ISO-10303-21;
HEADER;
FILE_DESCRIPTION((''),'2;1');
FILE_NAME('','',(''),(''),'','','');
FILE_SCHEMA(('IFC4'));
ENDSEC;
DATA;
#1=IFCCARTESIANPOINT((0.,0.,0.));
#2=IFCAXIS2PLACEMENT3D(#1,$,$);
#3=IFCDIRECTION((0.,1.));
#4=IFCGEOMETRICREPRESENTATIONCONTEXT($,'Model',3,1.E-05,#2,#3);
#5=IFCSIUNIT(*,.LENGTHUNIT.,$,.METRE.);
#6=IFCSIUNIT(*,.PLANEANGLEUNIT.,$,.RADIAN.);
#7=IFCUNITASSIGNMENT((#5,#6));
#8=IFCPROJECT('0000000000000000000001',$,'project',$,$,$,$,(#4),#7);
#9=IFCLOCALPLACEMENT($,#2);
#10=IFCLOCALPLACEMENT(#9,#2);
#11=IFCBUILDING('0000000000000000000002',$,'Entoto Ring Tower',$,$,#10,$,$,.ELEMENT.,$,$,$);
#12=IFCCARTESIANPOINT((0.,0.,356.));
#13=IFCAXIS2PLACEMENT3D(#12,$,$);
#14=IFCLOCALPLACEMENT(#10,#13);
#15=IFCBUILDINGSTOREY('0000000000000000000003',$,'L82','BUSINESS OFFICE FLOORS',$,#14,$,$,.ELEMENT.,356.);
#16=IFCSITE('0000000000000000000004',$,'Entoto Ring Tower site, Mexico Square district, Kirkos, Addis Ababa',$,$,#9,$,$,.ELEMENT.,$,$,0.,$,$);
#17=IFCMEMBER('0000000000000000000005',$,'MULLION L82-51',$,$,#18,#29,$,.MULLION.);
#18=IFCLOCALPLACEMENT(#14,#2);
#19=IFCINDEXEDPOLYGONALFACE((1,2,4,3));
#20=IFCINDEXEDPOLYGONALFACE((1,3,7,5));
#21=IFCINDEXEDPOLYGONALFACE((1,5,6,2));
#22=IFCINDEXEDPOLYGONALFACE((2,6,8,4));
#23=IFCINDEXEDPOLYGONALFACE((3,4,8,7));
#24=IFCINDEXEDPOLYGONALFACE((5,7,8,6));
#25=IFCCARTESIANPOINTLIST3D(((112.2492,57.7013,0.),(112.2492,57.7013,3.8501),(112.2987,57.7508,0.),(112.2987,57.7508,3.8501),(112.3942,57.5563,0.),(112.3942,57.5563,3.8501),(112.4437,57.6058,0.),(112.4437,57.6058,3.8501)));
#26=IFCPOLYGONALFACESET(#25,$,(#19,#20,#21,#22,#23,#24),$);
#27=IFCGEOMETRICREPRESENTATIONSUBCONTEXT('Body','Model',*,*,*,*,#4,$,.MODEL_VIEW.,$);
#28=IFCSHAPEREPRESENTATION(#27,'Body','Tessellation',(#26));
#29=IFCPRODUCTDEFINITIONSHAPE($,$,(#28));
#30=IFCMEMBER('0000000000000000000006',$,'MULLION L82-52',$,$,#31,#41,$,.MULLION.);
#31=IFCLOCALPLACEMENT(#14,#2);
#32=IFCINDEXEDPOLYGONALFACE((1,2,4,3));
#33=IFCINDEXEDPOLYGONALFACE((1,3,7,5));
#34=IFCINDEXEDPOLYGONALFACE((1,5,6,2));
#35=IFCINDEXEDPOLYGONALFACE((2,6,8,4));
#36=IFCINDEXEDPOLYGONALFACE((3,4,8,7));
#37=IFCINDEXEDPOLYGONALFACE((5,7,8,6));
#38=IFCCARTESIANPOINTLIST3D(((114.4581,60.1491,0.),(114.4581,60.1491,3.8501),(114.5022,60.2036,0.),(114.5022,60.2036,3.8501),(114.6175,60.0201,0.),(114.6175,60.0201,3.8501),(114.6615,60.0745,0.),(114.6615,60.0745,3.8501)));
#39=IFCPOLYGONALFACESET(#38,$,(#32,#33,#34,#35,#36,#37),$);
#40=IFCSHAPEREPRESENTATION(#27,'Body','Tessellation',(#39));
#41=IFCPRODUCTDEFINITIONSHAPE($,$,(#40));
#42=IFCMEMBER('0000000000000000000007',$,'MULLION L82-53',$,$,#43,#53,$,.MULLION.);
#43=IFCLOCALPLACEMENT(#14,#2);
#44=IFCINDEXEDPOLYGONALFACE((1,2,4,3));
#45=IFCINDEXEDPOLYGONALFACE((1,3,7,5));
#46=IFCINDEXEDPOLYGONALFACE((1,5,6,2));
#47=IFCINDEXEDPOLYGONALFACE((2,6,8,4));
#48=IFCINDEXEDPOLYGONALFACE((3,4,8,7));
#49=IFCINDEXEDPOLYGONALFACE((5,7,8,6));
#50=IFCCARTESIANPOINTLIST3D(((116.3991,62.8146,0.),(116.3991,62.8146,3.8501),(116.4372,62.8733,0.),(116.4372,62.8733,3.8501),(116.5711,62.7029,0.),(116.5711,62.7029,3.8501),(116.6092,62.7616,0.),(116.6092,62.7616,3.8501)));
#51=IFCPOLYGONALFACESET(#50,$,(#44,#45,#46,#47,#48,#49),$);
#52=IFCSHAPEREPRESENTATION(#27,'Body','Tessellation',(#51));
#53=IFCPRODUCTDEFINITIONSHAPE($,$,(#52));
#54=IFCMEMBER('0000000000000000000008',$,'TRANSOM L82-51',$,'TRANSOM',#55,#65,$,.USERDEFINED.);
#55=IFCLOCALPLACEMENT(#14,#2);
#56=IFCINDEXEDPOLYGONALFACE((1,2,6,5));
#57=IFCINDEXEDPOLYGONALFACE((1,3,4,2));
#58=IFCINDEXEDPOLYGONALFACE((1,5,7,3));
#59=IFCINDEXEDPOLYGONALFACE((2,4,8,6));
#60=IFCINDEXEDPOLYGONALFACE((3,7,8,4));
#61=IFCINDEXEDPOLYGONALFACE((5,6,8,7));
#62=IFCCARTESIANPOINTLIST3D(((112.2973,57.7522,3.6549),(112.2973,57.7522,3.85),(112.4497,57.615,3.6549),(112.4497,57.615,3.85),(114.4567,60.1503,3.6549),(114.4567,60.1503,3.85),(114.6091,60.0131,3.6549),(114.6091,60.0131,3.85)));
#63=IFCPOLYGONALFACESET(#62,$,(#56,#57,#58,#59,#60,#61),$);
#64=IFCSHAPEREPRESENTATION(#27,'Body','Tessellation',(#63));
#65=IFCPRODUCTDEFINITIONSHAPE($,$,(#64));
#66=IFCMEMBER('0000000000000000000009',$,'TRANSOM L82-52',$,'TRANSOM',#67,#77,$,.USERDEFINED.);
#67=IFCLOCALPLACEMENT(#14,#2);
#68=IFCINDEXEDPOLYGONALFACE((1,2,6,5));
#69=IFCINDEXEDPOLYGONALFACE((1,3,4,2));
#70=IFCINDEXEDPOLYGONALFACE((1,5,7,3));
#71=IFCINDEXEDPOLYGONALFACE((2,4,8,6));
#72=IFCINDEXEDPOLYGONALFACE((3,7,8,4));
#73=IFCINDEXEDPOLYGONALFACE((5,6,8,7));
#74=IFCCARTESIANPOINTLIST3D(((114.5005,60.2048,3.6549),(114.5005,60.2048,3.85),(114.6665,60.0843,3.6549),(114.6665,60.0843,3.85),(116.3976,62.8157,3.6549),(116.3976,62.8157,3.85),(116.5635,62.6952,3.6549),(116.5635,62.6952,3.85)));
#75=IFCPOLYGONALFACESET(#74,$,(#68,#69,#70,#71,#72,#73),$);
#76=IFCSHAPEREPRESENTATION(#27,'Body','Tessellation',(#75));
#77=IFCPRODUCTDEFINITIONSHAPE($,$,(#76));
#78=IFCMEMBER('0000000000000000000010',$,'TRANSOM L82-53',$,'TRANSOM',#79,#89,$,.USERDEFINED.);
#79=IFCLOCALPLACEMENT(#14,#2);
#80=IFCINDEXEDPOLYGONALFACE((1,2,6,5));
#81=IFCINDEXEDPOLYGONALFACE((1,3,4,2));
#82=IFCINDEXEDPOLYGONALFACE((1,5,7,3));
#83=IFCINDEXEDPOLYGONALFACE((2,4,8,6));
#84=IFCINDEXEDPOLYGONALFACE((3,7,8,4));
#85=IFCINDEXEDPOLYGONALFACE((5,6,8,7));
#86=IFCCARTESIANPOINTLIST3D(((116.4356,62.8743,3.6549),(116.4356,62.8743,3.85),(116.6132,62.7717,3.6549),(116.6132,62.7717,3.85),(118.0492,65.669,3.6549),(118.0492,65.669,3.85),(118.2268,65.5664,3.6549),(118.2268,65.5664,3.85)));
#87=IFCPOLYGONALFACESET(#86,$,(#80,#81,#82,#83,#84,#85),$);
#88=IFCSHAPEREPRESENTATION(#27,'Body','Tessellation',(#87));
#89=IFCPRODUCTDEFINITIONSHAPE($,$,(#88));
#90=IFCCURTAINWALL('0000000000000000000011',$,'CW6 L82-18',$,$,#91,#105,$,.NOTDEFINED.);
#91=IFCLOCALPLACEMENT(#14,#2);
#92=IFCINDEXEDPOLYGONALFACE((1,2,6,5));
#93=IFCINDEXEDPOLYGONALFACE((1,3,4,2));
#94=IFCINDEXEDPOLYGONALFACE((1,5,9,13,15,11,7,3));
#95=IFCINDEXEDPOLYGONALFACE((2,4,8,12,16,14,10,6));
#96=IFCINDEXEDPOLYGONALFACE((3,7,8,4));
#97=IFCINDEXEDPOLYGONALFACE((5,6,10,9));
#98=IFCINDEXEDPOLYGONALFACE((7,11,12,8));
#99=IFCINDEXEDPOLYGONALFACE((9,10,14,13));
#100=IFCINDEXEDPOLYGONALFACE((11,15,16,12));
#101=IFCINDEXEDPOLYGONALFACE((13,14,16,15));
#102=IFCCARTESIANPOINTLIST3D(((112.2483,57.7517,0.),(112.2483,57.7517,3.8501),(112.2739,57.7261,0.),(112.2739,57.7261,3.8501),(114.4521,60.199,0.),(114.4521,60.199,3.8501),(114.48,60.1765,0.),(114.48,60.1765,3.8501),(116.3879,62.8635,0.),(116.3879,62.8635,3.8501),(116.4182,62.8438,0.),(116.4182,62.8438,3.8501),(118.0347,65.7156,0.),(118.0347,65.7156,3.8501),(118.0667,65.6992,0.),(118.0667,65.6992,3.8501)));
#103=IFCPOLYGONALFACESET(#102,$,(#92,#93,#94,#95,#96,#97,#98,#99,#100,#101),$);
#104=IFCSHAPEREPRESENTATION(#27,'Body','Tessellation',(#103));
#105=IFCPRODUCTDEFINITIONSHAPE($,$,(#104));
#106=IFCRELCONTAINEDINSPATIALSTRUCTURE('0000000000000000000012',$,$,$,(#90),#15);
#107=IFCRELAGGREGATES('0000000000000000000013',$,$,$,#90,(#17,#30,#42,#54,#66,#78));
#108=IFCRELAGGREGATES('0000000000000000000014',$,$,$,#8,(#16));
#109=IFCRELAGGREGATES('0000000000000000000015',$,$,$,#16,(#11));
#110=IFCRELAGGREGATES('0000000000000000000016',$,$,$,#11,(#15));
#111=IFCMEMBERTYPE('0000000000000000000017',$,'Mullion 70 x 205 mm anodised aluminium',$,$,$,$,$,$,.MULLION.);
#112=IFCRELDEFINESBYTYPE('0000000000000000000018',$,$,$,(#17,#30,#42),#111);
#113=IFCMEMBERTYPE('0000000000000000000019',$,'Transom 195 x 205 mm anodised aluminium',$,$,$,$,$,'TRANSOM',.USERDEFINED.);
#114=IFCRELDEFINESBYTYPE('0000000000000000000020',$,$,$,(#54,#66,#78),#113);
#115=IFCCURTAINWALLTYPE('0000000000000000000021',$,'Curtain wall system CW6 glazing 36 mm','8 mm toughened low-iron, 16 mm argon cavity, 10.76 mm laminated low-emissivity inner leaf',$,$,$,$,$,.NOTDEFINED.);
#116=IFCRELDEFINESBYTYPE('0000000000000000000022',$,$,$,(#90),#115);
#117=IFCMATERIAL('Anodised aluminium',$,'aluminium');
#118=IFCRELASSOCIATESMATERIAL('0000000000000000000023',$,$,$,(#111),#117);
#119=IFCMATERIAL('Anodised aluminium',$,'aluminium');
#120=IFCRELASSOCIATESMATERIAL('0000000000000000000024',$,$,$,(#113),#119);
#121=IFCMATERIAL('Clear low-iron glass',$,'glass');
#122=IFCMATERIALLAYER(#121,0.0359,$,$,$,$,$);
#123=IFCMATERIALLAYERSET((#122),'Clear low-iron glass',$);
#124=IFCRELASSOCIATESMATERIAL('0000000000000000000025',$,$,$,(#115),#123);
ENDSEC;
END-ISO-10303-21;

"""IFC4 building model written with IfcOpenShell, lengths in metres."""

from ifc_helpers import new_model, si_unit, direction, frame, origin, origin_2d, place, context, subcontext, project, spatial, polyline, rectangle, outline, extrude, material, layer, layer_set, material_profile, profile_set, type_object, element, aggregate, save


model = new_model("IFC4")

# Units and contexts
model_context = context("Model", 3, precision=1e-05, world=origin(), true_north=direction((0.0, 1.0)))
body_context = subcontext(model_context, "Body", "Model", "MODEL_VIEW")
ifc_project = project(units=[si_unit("LENGTHUNIT", "METRE"), si_unit("PLANEANGLEUNIT", "RADIAN")], contexts=[model_context])

# Members
ifc_material_1 = material(Name="Anodised aluminium", Category="aluminium")
ifc_material_profile_1 = material_profile(ifc_material_1, rectangle(XDim=0.0701, YDim=0.2051, at=origin_2d()), Name="Mullion 70 x 205 mm anodised aluminium")
ifc_profile_set_1 = profile_set([ifc_material_profile_1], Name="Anodised aluminium")
member_type_1 = type_object("IfcMemberType", Name="Mullion 70 x 205 mm anodised aluminium", PredefinedType="MULLION", material=ifc_profile_set_1)
site_placement = place(None, origin())
building_placement = place(site_placement, origin())
storey_placement = place(building_placement, frame((0.0, 0.0, 356.0)))
member_1_placement = place(storey_placement, frame((112.3464, 57.6536, 0.0), z_axis=(0.0, 0.0, 1.0), x_axis=(0.707107, 0.707107, 0.0)))
member_1 = element("IfcMember", 1, at=member_1_placement, type_object=member_type_1, Name="MULLION L82-51", PredefinedType="MULLION", context=body_context, shape_type="SweptSolid", body=[
    extrude(rectangle(XDim=0.0701, YDim=0.2051, at=origin_2d()), origin(), (0.0, 0.0, 1.0), 3.8501),
])
member_2_placement = place(storey_placement, frame((114.5598, 60.1118, 0.0), z_axis=(0.0, 0.0, 1.0), x_axis=(0.62932, 0.777146, 0.0)))
member_2 = element("IfcMember", 2, at=member_2_placement, type_object=member_type_1, Name="MULLION L82-52", PredefinedType="MULLION", context=body_context, shape_type="SweptSolid", body=[
    extrude(rectangle(XDim=0.0701, YDim=0.2051, at=origin_2d()), origin(), (0.0, 0.0, 1.0), 3.8501),
])
member_3_placement = place(storey_placement, frame((116.5042, 62.7881, 0.0), z_axis=(0.0, 0.0, 1.0), x_axis=(0.544639, 0.838671, 0.0)))
member_3 = element("IfcMember", 3, at=member_3_placement, type_object=member_type_1, Name="MULLION L82-53", PredefinedType="MULLION", context=body_context, shape_type="SweptSolid", body=[
    extrude(rectangle(XDim=0.0701, YDim=0.2051, at=origin_2d()), origin(), (0.0, 0.0, 1.0), 3.8501),
])
ifc_material_2 = material(Name="Anodised aluminium", Category="aluminium")
ifc_material_profile_2 = material_profile(ifc_material_2, rectangle(XDim=0.2051, YDim=0.1951, at=origin_2d()), Name="Transom 195 x 205 mm anodised aluminium")
ifc_profile_set_2 = profile_set([ifc_material_profile_2], Name="Anodised aluminium")
member_type_2 = type_object("IfcMemberType", Name="Transom 195 x 205 mm anodised aluminium", ElementType="TRANSOM", PredefinedType="USERDEFINED", material=ifc_profile_set_2)
member_4_placement = place(storey_placement, frame((112.3735, 57.6836, 3.7524), z_axis=(0.669144, 0.743132, 0.0), x_axis=(-0.743132, 0.669144, 0.0)))
member_4 = element("IfcMember", 4, at=member_4_placement, type_object=member_type_2, Name="TRANSOM L82-51", ObjectType="TRANSOM", PredefinedType="USERDEFINED", context=body_context, shape_type="SweptSolid", body=[
    extrude(rectangle(XDim=0.2051, YDim=0.1951, at=origin_2d()), origin(), (0.0, 0.0, 1.0), 3.2271),
])
member_5_placement = place(storey_placement, frame((114.5835, 60.1445, 3.7524), z_axis=(0.587803, 0.809004, 0.0), x_axis=(-0.809004, 0.587803, 0.0)))
member_5 = element("IfcMember", 5, at=member_5_placement, type_object=member_type_2, Name="TRANSOM L82-52", ObjectType="TRANSOM", PredefinedType="USERDEFINED", context=body_context, shape_type="SweptSolid", body=[
    extrude(rectangle(XDim=0.2051, YDim=0.1951, at=origin_2d()), origin(), (0.0, 0.0, 1.0), 3.2273),
])
member_6_placement = place(storey_placement, frame((116.5244, 62.823, 3.7524), z_axis=(0.500004, 0.866023, 0.0), x_axis=(-0.866023, 0.500004, 0.0)))
member_6 = element("IfcMember", 6, at=member_6_placement, type_object=member_type_2, Name="TRANSOM L82-53", ObjectType="TRANSOM", PredefinedType="USERDEFINED", context=body_context, shape_type="SweptSolid", body=[
    extrude(rectangle(XDim=0.2051, YDim=0.1951, at=origin_2d()), origin(), (0.0, 0.0, 1.0), 3.2271),
])

# Site, building, storey
site = spatial("IfcSite", under=ifc_project, at=site_placement, Name="Entoto Ring Tower site, Mexico Square district, Kirkos, Addis Ababa", CompositionType="ELEMENT", RefElevation=0.0)
building = spatial("IfcBuilding", under=site, at=building_placement, Name="Entoto Ring Tower", CompositionType="ELEMENT")
storey = spatial("IfcBuildingStorey", under=building, at=storey_placement, Name="L82", Description="BUSINESS OFFICE FLOORS", CompositionType="ELEMENT", Elevation=356.0)

# Curtain wall
ifc_material_3 = material(Name="Clear low-iron glass", Category="glass")
ifc_layer = layer(ifc_material_3, 0.0359)
ifc_layer_set = layer_set([ifc_layer], Name="Clear low-iron glass")
curtain_wall_type = type_object("IfcCurtainWallType", Name="Curtain wall system CW6 glazing 36 mm", Description="8 mm toughened low-iron, 16 mm argon cavity, 10.76 mm laminated low-emissivity inner leaf", PredefinedType="NOTDEFINED", material=ifc_layer_set)
curtain_wall_1_placement = place(storey_placement, origin())
curtain_wall_1 = element("IfcCurtainWall", 7, at=curtain_wall_1_placement, inside=storey, type_object=curtain_wall_type, Name="CW6 L82-18", PredefinedType="NOTDEFINED", context=body_context, shape_type="SweptSolid", body=[
    extrude(outline(polyline([(112.2739, 57.7261), (114.48, 60.1765), (116.4182, 62.8438), (118.0667, 65.6992), (118.0347, 65.7156), (116.3879, 62.8635), (114.4521, 60.199), (112.2483, 57.7517), (112.2739, 57.7261)])), origin(), (0.0, 0.0, 1.0), 3.8501),
])
aggregate(curtain_wall_1, [member_1, member_2, member_3, member_4, member_5, member_6])

save(model, "model.ifc")
